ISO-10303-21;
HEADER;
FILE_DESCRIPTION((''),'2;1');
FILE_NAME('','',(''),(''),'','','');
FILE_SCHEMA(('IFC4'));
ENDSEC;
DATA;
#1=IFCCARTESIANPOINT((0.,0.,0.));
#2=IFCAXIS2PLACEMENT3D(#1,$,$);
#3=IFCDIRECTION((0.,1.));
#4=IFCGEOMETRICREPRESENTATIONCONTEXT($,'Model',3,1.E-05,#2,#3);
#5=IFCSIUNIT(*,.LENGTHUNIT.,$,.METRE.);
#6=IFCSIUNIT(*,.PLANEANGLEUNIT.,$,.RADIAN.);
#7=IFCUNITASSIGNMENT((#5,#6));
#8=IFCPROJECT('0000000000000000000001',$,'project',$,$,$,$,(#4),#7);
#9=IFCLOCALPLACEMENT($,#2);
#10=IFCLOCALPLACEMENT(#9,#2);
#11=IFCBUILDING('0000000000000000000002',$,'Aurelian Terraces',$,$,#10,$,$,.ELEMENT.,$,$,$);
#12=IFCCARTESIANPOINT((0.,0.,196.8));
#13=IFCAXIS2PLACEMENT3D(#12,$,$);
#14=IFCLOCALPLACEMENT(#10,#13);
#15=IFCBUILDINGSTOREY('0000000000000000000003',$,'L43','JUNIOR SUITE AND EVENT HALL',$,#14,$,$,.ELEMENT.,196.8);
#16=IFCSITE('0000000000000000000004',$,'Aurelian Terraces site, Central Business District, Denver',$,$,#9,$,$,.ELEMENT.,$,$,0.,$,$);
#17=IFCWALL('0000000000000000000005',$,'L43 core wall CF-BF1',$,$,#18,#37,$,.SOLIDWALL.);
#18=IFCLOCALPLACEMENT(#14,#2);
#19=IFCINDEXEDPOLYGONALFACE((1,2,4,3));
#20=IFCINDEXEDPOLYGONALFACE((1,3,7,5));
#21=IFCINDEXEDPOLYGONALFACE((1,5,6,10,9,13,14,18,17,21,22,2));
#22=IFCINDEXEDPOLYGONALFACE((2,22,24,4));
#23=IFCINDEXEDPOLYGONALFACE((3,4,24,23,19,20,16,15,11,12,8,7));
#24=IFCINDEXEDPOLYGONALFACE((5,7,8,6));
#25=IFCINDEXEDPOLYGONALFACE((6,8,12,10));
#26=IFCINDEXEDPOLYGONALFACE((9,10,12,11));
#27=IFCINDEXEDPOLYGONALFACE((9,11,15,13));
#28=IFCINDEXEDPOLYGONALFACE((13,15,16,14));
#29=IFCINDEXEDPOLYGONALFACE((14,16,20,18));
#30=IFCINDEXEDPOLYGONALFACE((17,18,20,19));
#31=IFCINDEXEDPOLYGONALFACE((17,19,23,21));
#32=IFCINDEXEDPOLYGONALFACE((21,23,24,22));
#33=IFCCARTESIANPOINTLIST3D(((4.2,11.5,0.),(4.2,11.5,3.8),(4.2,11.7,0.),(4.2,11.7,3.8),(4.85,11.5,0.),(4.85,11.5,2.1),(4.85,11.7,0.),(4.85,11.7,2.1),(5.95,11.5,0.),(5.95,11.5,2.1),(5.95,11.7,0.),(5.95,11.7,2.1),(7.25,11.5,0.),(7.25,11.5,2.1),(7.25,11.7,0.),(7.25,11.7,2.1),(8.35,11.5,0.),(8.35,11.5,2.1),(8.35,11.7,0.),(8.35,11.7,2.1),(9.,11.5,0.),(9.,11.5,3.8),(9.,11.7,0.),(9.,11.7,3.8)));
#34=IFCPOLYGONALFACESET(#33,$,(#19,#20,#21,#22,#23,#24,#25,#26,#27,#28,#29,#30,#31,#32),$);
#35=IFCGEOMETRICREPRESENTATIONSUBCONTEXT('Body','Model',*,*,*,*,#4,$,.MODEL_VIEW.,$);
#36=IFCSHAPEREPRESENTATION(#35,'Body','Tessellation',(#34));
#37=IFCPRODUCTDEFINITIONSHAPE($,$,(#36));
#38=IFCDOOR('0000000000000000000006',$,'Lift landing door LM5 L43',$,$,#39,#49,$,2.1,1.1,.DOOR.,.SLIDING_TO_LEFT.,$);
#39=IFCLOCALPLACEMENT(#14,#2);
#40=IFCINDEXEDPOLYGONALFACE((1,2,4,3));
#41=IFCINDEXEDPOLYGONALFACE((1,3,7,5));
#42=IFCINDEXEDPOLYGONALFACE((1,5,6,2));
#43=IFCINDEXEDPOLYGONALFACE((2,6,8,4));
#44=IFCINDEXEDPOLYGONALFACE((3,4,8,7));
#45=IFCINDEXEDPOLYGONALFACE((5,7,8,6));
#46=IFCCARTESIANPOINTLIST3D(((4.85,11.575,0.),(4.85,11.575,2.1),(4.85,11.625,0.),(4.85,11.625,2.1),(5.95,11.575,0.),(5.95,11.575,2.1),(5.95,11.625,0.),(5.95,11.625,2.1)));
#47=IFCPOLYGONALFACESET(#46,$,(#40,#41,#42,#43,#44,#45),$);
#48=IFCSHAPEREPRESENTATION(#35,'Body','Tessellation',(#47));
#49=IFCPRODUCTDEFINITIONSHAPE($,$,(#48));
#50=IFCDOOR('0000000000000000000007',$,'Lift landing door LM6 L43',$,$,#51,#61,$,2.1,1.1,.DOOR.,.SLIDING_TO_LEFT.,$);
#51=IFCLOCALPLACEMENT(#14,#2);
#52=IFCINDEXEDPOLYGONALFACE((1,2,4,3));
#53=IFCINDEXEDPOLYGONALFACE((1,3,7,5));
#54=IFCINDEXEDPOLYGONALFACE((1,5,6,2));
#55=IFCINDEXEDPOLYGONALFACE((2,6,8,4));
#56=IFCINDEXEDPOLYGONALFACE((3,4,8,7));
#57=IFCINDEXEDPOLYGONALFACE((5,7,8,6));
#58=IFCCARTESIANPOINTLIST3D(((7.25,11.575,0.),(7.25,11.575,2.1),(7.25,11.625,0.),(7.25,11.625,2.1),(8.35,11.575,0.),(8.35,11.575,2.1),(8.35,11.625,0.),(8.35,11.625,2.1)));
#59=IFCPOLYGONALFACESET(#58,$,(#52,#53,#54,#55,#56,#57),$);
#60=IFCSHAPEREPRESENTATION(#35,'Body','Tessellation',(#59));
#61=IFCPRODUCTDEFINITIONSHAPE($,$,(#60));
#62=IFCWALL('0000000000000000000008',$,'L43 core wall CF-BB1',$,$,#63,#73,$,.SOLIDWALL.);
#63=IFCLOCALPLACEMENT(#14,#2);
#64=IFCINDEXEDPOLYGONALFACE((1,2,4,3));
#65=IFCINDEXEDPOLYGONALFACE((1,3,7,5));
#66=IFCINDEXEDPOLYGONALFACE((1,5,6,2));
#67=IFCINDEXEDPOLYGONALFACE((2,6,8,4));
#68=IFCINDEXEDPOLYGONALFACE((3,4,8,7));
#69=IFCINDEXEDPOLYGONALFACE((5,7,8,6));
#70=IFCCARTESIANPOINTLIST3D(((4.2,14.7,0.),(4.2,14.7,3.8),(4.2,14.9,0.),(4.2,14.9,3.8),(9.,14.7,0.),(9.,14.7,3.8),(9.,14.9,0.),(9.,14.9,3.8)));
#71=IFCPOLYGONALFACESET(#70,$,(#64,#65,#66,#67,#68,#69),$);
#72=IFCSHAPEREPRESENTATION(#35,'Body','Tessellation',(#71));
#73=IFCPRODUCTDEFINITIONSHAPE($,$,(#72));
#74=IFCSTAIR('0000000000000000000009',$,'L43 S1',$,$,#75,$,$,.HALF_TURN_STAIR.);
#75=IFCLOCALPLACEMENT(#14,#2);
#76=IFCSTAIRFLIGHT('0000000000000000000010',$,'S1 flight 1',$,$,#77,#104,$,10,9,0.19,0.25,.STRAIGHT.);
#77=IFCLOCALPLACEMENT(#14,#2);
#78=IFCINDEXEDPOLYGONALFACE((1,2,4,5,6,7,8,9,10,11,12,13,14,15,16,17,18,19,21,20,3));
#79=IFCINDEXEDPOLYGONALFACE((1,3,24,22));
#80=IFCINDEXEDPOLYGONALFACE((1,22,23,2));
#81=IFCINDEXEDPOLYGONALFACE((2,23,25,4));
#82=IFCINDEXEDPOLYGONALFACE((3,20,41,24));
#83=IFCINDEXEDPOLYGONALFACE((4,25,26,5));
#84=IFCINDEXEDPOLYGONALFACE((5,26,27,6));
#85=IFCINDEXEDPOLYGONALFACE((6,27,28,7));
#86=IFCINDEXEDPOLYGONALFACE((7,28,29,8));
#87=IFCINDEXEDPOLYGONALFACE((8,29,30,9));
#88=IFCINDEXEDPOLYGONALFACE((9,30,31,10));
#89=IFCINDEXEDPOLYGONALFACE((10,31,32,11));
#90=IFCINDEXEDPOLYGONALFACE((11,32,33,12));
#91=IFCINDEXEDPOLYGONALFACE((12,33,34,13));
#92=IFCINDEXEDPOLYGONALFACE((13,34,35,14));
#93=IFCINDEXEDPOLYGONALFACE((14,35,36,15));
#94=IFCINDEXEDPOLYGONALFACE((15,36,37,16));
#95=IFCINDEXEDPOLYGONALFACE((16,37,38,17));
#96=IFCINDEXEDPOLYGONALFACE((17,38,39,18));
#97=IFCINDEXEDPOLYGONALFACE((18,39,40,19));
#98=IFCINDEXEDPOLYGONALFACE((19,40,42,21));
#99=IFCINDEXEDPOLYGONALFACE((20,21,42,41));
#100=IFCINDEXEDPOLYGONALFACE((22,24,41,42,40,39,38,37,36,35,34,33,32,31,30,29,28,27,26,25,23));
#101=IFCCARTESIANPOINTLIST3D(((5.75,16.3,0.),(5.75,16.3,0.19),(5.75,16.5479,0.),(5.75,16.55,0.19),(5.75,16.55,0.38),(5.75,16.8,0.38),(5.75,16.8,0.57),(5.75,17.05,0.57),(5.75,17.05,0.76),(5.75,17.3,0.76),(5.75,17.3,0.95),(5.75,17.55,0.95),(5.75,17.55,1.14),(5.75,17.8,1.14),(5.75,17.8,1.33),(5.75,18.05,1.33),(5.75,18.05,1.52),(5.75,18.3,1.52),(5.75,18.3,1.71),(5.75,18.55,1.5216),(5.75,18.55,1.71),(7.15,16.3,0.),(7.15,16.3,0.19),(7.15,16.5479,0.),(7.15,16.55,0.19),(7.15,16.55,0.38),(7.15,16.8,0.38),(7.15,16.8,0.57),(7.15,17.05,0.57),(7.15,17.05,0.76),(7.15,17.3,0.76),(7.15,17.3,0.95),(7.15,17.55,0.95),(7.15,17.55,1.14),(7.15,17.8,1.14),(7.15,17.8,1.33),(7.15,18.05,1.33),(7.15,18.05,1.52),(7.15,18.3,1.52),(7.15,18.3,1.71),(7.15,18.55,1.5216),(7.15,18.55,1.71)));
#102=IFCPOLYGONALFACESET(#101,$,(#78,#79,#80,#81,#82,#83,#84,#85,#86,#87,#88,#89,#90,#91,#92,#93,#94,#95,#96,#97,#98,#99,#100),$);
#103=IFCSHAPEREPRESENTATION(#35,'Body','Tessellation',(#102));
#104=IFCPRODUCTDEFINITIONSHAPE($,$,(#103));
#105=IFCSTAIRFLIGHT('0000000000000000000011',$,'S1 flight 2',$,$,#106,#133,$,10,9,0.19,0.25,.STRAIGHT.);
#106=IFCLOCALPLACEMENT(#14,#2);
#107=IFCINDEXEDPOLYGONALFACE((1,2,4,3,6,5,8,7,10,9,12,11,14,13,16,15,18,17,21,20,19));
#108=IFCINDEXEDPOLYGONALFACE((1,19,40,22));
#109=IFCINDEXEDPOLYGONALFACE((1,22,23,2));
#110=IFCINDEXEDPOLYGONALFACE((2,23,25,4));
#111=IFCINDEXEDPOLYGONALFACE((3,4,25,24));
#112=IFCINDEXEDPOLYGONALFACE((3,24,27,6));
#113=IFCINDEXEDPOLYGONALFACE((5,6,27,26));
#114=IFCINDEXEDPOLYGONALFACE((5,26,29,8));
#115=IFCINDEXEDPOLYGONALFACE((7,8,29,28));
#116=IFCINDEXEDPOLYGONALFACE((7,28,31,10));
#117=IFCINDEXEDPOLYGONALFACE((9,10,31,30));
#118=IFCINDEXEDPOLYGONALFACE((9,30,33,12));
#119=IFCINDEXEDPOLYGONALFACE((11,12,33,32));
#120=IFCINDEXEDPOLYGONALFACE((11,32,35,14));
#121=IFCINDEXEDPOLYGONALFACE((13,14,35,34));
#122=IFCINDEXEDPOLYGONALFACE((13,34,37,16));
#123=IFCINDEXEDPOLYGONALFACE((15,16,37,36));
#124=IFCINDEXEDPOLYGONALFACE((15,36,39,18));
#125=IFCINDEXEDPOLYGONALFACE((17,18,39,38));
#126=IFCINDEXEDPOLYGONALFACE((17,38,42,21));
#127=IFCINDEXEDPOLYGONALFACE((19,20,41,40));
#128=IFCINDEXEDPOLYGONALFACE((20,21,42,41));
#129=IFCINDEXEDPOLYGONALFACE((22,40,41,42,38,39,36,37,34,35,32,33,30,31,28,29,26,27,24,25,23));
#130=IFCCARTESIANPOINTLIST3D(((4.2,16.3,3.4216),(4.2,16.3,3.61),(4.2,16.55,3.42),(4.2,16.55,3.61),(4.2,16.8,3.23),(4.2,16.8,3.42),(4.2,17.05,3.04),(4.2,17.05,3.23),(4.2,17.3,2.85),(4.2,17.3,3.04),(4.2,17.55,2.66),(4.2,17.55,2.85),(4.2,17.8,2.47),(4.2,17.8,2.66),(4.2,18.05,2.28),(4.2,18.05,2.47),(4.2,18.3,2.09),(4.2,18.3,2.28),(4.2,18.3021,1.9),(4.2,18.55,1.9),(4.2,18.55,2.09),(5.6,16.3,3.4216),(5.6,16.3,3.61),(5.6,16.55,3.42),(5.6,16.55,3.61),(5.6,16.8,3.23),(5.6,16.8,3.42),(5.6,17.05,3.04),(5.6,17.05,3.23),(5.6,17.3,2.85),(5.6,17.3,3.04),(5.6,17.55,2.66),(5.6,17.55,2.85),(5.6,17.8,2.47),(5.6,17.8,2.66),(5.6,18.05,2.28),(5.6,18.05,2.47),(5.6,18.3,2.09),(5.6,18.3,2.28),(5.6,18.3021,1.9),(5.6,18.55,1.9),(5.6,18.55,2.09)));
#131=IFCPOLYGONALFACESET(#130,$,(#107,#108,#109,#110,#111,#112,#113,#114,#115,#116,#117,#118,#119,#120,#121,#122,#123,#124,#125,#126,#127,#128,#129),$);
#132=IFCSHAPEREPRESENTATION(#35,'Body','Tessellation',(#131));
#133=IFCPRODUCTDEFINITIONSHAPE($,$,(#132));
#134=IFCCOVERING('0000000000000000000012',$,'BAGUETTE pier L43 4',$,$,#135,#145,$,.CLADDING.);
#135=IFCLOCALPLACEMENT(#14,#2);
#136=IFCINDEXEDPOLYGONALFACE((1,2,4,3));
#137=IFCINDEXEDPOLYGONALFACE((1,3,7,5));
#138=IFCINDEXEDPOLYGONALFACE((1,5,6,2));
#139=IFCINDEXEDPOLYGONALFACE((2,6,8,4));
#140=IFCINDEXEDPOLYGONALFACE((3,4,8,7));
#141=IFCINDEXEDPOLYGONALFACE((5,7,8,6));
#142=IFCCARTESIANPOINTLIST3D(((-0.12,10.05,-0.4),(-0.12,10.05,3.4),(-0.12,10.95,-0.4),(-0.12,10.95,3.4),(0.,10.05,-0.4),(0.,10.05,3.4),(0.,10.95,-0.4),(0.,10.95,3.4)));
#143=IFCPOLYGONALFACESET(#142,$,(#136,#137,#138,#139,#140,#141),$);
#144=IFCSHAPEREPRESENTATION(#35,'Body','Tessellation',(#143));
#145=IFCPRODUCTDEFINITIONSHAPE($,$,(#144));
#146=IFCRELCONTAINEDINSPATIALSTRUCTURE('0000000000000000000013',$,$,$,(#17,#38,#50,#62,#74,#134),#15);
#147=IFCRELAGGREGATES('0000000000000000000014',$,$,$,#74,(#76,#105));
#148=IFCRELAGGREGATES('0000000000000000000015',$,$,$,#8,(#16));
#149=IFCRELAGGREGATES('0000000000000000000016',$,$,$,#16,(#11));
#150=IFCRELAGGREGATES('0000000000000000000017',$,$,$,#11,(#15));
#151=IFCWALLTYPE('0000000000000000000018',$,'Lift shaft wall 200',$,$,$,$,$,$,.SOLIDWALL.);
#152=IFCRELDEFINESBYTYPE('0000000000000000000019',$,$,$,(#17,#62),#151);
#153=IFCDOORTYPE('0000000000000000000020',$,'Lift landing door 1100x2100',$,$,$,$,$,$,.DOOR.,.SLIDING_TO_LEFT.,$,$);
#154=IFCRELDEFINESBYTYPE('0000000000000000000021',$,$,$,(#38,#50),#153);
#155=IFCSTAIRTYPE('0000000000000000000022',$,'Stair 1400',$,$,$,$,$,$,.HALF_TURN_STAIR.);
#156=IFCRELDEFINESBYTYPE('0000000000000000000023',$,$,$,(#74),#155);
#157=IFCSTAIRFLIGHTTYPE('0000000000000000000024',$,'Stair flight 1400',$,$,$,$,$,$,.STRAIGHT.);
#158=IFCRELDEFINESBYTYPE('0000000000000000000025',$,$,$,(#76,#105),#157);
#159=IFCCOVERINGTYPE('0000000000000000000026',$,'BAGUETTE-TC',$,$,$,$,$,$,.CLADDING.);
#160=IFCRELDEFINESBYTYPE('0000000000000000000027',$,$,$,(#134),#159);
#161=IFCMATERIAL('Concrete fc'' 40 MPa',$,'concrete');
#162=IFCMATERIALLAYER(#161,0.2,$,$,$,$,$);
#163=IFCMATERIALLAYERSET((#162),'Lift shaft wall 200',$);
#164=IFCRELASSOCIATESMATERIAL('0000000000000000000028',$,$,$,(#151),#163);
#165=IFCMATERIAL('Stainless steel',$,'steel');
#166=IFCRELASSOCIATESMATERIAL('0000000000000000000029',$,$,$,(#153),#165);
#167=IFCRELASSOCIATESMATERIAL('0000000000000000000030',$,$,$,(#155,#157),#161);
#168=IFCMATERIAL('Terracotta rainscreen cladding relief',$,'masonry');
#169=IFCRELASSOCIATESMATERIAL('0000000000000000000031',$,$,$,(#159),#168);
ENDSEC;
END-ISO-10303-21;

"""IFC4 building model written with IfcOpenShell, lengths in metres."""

from ifc_helpers import new_model, si_unit, direction, frame, frame_2d, origin, origin_2d, place, context, subcontext, project, spatial, polyline, rectangle, outline, extrude, source, transform, mapped, material, layer, layer_set, type_object, element, fill, aggregate, save


model = new_model("IFC4")

# Units and contexts
model_context = context("Model", 3, precision=1e-05, world=origin(), true_north=direction((0.0, 1.0)))
body_context = subcontext(model_context, "Body", "Model", "MODEL_VIEW")
ifc_project = project(units=[si_unit("LENGTHUNIT", "METRE"), si_unit("PLANEANGLEUNIT", "RADIAN")], contexts=[model_context])

# Site, building, storey
site_placement = place(None, origin())
site = spatial("IfcSite", under=ifc_project, at=site_placement, Name="Aurelian Terraces site, Central Business District, Denver", CompositionType="ELEMENT", RefElevation=0.0)
building_placement = place(site_placement, origin())
building = spatial("IfcBuilding", under=site, at=building_placement, Name="Aurelian Terraces", CompositionType="ELEMENT")
storey_placement = place(building_placement, frame((0.0, 0.0, 196.8)))
storey = spatial("IfcBuildingStorey", under=building, at=storey_placement, Name="L43", Description="JUNIOR SUITE AND EVENT HALL", CompositionType="ELEMENT", Elevation=196.8)

# Shared definitions
ifc_material_1 = material(Name="Concrete fc' 40 MPa", Category="concrete")
ifc_layer_1 = layer(ifc_material_1, 0.2)
ifc_layer_set_1 = layer_set([ifc_layer_1], Name="Lift shaft wall 200")
wall_type_1 = type_object("IfcWallType", Name="Lift shaft wall 200", PredefinedType="SOLIDWALL", material=ifc_layer_set_1)

# Wall, openings, doors
shared_shape_1 = source(origin(), body_context, "Body", "SweptSolid", [
    extrude(rectangle(XDim=1.1, YDim=2.1, at=frame_2d((0.55, 1.05))), frame((0.0, 0.11, 0.0), z_axis=(0.0, -1.0, 0.0), x_axis=(1.0, 0.0, 0.0)), (0.0, 0.0, 1.0), 0.22),
])
ifc_material_2 = material(Name="Stainless steel", Category="steel")
door_type = type_object("IfcDoorType", Name="Lift landing door 1100x2100", OperationType="SLIDING_TO_LEFT", PredefinedType="DOOR", material=ifc_material_2)
shared_shape_2 = source(origin(), body_context, "Body", "SweptSolid", [
    extrude(rectangle(XDim=1.1, YDim=2.1, at=frame_2d((0.55, 1.05))), frame((0.0, 0.025, 0.0), z_axis=(0.0, -1.0, 0.0), x_axis=(1.0, 0.0, 0.0)), (0.0, 0.0, 1.0), 0.05),
])
shared_shape_3 = source(origin(), body_context, "Body", "SweptSolid", [
    extrude(rectangle(XDim=4.8, YDim=0.2, at=frame_2d((2.4, 0.0))), origin(), (0.0, 0.0, 1.0), 3.8),
])
wall_1_placement = place(storey_placement, frame((4.2, 11.6, 0.0), z_axis=(0.0, 0.0, 1.0), x_axis=(1.0, 0.0, 0.0)))
wall_1 = element("IfcWall", 1, at=wall_1_placement, inside=storey, type_object=wall_type_1, Name="L43 core wall CF-BF1", PredefinedType="SOLIDWALL", context=body_context, shape_type="MappedRepresentation", body=[
    mapped(shared_shape_3, transform((0.0, 0.0, 0.0), scale=1.0)),
])
opening_1_placement = place(wall_1_placement, frame((0.65, 0.0, 0.0)))
opening_1 = element("IfcOpeningElement", 2, at=opening_1_placement, cuts=wall_1, PredefinedType="OPENING", context=body_context, shape_type="MappedRepresentation", body=[
    mapped(shared_shape_1, transform((0.0, 0.0, 0.0), scale=1.0)),
])
opening_2_placement = place(wall_1_placement, frame((3.05, 0.0, 0.0)))
opening_2 = element("IfcOpeningElement", 3, at=opening_2_placement, cuts=wall_1, PredefinedType="OPENING", context=body_context, shape_type="MappedRepresentation", body=[
    mapped(shared_shape_1, transform((0.0, 0.0, 0.0), scale=1.0)),
])
door_1_placement = place(opening_1_placement, origin())
door_1 = element("IfcDoor", 4, at=door_1_placement, inside=storey, type_object=door_type, Name="Lift landing door LM5 L43", OperationType="SLIDING_TO_LEFT", OverallHeight=2.1, OverallWidth=1.1, PredefinedType="DOOR", context=body_context, shape_type="MappedRepresentation", body=[
    mapped(shared_shape_2, transform((0.0, 0.0, 0.0), scale=1.0)),
])
fill(opening_1, door_1)
door_2_placement = place(opening_2_placement, origin())
door_2 = element("IfcDoor", 5, at=door_2_placement, inside=storey, type_object=door_type, Name="Lift landing door LM6 L43", OperationType="SLIDING_TO_LEFT", OverallHeight=2.1, OverallWidth=1.1, PredefinedType="DOOR", context=body_context, shape_type="MappedRepresentation", body=[
    mapped(shared_shape_2, transform((0.0, 0.0, 0.0), scale=1.0)),
])
fill(opening_2, door_2)

# Wall
wall_2_placement = place(storey_placement, frame((4.2, 14.8, 0.0), z_axis=(0.0, 0.0, 1.0), x_axis=(1.0, 0.0, 0.0)))
element("IfcWall", 6, at=wall_2_placement, inside=storey, type_object=wall_type_1, Name="L43 core wall CF-BB1", PredefinedType="SOLIDWALL", context=body_context, shape_type="MappedRepresentation", body=[
    mapped(shared_shape_3, transform((0.0, 0.0, 0.0), scale=1.0)),
])

# Stair, stair flights
stair_type = type_object("IfcStairType", Name="Stair 1400", PredefinedType="HALF_TURN_STAIR", material=ifc_material_1)
stair_placement = place(storey_placement, origin())
stair = element("IfcStair", 7, at=stair_placement, inside=storey, type_object=stair_type, Name="L43 S1", PredefinedType="HALF_TURN_STAIR")
stair_flight_type = type_object("IfcStairFlightType", Name="Stair flight 1400", PredefinedType="STRAIGHT", material=ifc_material_1)
shared_shape_4 = source(origin(), body_context, "Body", "SweptSolid", [
    extrude(outline(polyline([(0.0, 0.0), (0.0, 0.19), (0.25, 0.19), (0.25, 0.38), (0.5, 0.38), (0.5, 0.57), (0.75, 0.57), (0.75, 0.76), (1.0, 0.76), (1.0, 0.95), (1.25, 0.95), (1.25, 1.14), (1.5, 1.14), (1.5, 1.33), (1.75, 1.33), (1.75, 1.52), (2.0, 1.52), (2.0, 1.71), (2.25, 1.71), (2.25, 1.9), (2.25, 1.5216), (0.2479, 0.0), (0.0, 0.0)])), frame((0.0, 0.7, 0.0), z_axis=(0.0, -1.0, 0.0), x_axis=(1.0, 0.0, 0.0)), (0.0, 0.0, 1.0), 1.4),
])
stair_flight_1_placement = place(storey_placement, frame((6.45, 16.3, 0.0), z_axis=(0.0, 0.0, 1.0), x_axis=(0.0, 1.0, 0.0)))
stair_flight_1 = element("IfcStairFlight", 8, at=stair_flight_1_placement, type_object=stair_flight_type, Name="S1 flight 1", NumberOfRisers=10, NumberOfTreads=9, PredefinedType="STRAIGHT", RiserHeight=0.19, TreadLength=0.25, context=body_context, shape_type="MappedRepresentation", body=[
    mapped(shared_shape_4, transform((0.0, 0.0, 0.0), scale=1.0)),
])
stair_flight_2_placement = place(storey_placement, frame((4.9, 18.55, 1.9), z_axis=(0.0, 0.0, 1.0), x_axis=(0.0, -1.0, 0.0)))
stair_flight_2 = element("IfcStairFlight", 9, at=stair_flight_2_placement, type_object=stair_flight_type, Name="S1 flight 2", NumberOfRisers=10, NumberOfTreads=9, PredefinedType="STRAIGHT", RiserHeight=0.19, TreadLength=0.25, context=body_context, shape_type="MappedRepresentation", body=[
    mapped(shared_shape_4, transform((0.0, 0.0, 0.0), scale=1.0)),
])
aggregate(stair, [stair_flight_1, stair_flight_2])

# Covering
ifc_material_3 = material(Name="Terracotta rainscreen cladding relief", Category="masonry")
covering_type = type_object("IfcCoveringType", Name="BAGUETTE-TC", PredefinedType="CLADDING", material=ifc_material_3)
shared_shape_5 = source(origin(), body_context, "Body", "SweptSolid", [
    extrude(rectangle(XDim=0.12, YDim=0.9, at=origin_2d()), origin(), (0.0, 0.0, 1.0), 3.8),
])
covering_placement = place(storey_placement, frame((-0.06, 10.5, -0.4), z_axis=(0.0, 0.0, 1.0), x_axis=(1.0, 0.0, 0.0)))
element("IfcCovering", 10, at=covering_placement, inside=storey, type_object=covering_type, Name="BAGUETTE pier L43 4", PredefinedType="CLADDING", context=body_context, shape_type="MappedRepresentation", body=[
    mapped(shared_shape_5, transform((0.0, 0.0, 0.0), scale=1.0)),
])

save(model, "model.ifc")
